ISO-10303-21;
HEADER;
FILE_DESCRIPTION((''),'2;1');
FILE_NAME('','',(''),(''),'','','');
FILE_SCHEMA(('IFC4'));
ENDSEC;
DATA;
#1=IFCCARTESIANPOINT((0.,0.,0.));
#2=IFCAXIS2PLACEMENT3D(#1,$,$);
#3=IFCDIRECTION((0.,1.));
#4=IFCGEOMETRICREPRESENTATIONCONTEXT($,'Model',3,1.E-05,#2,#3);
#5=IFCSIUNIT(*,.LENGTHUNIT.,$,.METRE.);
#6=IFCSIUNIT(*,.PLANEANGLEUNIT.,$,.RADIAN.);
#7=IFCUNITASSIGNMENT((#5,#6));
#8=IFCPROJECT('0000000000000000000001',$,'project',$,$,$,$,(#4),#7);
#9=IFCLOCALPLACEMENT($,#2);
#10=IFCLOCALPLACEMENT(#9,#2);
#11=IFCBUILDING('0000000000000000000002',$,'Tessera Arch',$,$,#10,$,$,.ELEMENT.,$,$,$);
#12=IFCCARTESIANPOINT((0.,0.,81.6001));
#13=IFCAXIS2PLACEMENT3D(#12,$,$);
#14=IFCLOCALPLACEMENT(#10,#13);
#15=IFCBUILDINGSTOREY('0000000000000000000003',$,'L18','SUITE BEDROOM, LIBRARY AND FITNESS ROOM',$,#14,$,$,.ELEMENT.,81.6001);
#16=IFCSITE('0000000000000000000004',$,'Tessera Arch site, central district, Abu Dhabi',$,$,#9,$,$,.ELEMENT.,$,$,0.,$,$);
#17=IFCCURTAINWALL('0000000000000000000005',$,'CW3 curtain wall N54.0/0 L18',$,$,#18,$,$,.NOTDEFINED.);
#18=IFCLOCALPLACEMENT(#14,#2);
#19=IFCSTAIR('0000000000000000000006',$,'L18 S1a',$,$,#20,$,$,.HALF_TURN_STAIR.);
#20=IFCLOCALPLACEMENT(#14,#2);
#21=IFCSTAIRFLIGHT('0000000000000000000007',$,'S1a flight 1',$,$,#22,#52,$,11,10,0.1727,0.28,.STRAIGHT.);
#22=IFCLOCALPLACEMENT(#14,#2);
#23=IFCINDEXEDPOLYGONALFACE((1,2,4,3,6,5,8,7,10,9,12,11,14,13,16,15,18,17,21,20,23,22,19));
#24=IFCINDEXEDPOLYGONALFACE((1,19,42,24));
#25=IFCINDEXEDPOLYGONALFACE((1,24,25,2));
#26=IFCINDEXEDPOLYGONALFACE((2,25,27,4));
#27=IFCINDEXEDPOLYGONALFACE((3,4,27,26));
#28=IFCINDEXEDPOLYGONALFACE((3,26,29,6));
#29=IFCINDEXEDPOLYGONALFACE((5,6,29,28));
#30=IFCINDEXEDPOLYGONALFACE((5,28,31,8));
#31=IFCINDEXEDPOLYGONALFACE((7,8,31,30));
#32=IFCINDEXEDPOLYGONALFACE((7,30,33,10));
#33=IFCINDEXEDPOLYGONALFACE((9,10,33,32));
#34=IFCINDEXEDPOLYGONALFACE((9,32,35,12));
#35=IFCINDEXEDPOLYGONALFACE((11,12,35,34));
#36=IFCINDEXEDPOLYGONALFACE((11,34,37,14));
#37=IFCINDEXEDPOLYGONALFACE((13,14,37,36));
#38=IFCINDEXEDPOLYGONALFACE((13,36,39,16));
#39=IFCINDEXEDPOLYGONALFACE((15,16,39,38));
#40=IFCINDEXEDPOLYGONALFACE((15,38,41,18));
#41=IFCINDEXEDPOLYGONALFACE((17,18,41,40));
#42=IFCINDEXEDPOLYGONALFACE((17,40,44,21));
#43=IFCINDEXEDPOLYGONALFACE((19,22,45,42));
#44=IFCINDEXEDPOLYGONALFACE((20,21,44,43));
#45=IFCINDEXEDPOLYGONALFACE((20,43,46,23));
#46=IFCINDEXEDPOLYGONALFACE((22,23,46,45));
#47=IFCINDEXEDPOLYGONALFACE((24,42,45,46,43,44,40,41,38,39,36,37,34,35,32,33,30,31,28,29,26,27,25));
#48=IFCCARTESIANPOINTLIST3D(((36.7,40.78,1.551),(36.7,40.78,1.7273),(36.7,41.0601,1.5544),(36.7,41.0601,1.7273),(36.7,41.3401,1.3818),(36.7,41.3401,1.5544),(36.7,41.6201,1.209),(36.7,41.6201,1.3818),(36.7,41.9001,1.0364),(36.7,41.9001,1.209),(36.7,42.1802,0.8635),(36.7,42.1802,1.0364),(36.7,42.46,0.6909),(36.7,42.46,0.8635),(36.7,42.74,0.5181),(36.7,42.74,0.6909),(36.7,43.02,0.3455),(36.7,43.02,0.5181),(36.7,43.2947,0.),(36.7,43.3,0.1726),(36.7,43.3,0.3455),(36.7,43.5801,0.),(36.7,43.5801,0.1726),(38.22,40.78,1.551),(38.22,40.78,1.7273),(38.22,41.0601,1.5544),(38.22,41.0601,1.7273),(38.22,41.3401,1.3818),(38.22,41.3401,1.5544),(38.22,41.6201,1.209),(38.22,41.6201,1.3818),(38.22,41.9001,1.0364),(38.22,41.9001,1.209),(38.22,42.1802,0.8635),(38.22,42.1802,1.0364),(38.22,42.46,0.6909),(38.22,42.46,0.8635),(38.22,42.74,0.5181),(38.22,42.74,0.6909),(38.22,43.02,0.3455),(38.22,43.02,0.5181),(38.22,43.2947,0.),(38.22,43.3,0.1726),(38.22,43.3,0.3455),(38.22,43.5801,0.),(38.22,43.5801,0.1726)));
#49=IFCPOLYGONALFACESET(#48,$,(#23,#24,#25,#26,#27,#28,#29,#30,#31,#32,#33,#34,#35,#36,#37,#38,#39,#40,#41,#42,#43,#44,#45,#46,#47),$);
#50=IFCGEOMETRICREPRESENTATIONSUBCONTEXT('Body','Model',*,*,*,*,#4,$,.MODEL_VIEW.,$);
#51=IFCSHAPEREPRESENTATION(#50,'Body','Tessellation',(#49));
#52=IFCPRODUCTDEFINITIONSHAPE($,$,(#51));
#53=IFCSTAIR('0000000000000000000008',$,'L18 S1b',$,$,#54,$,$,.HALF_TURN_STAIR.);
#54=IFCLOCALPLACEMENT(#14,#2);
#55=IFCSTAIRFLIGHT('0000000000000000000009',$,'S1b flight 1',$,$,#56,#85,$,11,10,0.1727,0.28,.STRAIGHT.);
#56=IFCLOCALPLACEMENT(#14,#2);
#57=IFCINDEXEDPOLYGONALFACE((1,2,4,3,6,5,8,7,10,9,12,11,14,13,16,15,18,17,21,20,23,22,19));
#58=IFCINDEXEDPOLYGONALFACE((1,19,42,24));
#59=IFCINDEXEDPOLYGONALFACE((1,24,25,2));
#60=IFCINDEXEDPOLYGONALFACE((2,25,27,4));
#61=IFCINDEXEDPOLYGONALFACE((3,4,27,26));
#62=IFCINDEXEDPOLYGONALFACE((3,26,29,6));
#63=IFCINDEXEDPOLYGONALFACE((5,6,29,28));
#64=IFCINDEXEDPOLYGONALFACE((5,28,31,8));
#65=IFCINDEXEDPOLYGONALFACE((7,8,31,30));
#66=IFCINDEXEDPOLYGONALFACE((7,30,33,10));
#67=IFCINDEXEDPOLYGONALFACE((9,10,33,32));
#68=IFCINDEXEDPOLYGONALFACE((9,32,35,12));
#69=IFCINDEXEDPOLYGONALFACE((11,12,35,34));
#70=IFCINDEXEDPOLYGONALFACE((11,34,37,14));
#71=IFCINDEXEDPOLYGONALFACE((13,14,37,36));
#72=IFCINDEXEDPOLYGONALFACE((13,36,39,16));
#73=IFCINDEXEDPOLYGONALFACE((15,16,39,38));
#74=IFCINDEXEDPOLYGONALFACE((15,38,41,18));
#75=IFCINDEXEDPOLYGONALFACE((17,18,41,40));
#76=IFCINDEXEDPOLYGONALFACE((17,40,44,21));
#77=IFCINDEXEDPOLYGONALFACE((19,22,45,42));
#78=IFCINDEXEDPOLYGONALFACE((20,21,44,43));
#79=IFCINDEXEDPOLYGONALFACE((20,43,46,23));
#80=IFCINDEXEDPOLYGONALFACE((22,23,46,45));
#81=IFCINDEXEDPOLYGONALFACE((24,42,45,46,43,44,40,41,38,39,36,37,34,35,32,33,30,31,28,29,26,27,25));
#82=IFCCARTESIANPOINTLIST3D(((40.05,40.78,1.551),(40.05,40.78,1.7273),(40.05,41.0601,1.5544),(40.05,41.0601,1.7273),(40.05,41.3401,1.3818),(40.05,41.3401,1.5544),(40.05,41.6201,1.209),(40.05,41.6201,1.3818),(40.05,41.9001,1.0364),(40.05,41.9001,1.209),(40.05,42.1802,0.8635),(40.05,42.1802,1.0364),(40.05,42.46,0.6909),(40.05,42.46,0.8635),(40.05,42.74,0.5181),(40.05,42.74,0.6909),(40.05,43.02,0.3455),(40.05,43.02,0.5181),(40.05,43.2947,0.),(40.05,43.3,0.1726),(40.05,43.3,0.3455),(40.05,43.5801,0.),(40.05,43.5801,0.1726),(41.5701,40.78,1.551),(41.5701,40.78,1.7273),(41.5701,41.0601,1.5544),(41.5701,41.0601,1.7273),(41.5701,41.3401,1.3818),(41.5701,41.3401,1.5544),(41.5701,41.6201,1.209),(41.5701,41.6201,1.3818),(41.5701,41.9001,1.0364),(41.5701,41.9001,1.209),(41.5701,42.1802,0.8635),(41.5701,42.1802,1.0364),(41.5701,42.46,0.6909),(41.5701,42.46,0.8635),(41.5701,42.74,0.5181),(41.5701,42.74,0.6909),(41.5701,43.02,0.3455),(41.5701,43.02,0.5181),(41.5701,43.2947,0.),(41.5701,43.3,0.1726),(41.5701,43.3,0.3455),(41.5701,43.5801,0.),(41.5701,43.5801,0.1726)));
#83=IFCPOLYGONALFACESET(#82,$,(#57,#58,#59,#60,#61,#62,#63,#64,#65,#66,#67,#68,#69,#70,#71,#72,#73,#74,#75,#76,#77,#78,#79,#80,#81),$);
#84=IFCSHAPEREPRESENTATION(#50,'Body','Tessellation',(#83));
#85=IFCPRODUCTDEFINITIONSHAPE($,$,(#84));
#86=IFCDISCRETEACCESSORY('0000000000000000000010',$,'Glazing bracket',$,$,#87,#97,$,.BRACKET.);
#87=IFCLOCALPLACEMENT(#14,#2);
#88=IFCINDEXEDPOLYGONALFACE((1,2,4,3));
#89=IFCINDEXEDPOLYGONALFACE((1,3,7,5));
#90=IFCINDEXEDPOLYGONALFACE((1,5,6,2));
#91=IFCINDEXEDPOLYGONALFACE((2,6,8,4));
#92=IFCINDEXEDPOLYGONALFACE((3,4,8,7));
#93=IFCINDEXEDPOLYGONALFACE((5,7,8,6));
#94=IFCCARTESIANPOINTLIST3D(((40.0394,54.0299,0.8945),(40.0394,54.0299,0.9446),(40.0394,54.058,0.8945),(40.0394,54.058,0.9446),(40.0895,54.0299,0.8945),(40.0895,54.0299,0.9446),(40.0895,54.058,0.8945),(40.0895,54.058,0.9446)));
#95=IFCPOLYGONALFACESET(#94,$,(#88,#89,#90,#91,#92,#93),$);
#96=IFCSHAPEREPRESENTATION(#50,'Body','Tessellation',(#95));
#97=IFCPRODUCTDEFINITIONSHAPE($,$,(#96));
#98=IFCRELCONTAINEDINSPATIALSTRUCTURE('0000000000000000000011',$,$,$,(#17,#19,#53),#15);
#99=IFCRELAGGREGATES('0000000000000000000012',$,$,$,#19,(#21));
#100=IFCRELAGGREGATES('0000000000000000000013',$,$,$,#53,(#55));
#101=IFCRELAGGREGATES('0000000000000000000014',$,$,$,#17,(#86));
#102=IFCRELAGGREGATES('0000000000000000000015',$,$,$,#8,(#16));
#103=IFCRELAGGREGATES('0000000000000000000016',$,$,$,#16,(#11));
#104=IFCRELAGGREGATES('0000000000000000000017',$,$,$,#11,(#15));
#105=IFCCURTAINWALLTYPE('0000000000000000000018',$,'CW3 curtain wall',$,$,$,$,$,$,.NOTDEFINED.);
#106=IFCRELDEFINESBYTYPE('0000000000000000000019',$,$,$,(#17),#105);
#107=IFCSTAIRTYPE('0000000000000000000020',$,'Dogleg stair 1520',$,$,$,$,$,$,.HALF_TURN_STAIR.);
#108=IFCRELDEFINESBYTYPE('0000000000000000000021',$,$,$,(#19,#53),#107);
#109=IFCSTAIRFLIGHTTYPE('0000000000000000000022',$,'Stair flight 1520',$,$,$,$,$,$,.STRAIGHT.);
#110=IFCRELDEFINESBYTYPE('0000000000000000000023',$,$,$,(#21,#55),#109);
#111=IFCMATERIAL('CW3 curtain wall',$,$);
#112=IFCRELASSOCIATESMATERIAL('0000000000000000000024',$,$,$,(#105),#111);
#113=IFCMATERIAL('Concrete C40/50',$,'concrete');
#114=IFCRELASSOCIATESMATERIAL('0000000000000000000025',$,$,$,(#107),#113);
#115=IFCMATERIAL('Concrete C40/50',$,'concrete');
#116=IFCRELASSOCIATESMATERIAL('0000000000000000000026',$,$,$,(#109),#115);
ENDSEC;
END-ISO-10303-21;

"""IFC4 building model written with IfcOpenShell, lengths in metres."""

from ifc_helpers import new_model, si_unit, direction, frame, origin, origin_2d, place, context, subcontext, project, spatial, polyline, rectangle, outline, extrude, material, type_object, element, aggregate, save


model = new_model("IFC4")

# Units and contexts
model_context = context("Model", 3, precision=1e-05, world=origin(), true_north=direction((0.0, 1.0)))
body_context = subcontext(model_context, "Body", "Model", "MODEL_VIEW")
ifc_project = project(units=[si_unit("LENGTHUNIT", "METRE"), si_unit("PLANEANGLEUNIT", "RADIAN")], contexts=[model_context])

# Site, building, storey
site_placement = place(None, origin())
site = spatial("IfcSite", under=ifc_project, at=site_placement, Name="Tessera Arch site, central district, Abu Dhabi", CompositionType="ELEMENT", RefElevation=0.0)
building_placement = place(site_placement, origin())
building = spatial("IfcBuilding", under=site, at=building_placement, Name="Tessera Arch", CompositionType="ELEMENT")
storey_placement = place(building_placement, frame((0.0, 0.0, 81.6001)))
storey = spatial("IfcBuildingStorey", under=building, at=storey_placement, Name="L18", Description="SUITE BEDROOM, LIBRARY AND FITNESS ROOM", CompositionType="ELEMENT", Elevation=81.6001)

# Curtain wall
ifc_material_1 = material(Name="CW3 curtain wall")
curtain_wall_type = type_object("IfcCurtainWallType", Name="CW3 curtain wall", PredefinedType="NOTDEFINED", material=ifc_material_1)
curtain_wall_placement = place(storey_placement, origin())
curtain_wall = element("IfcCurtainWall", 1, at=curtain_wall_placement, inside=storey, type_object=curtain_wall_type, Name="CW3 curtain wall N54.0/0 L18", PredefinedType="NOTDEFINED")

# Stairs, stair flights
ifc_material_2 = material(Name="Concrete C40/50", Category="concrete")
stair_type = type_object("IfcStairType", Name="Dogleg stair 1520", PredefinedType="HALF_TURN_STAIR", material=ifc_material_2)
stair_1_placement = place(storey_placement, origin())
stair_1 = element("IfcStair", 2, at=stair_1_placement, inside=storey, type_object=stair_type, Name="L18 S1a", PredefinedType="HALF_TURN_STAIR")
ifc_material_3 = material(Name="Concrete C40/50", Category="concrete")
stair_flight_type = type_object("IfcStairFlightType", Name="Stair flight 1520", PredefinedType="STRAIGHT", material=ifc_material_3)
stair_flight_1_placement = place(storey_placement, frame((37.46, 43.5801, 0.0), z_axis=(0.0, 0.0, 1.0), x_axis=(0.0, -1.0, 0.0)))
stair_flight_1 = element("IfcStairFlight", 3, at=stair_flight_1_placement, type_object=stair_flight_type, Name="S1a flight 1", NumberOfRisers=11, NumberOfTreads=10, PredefinedType="STRAIGHT", RiserHeight=0.1727, TreadLength=0.28, context=body_context, shape_type="SweptSolid", body=[
    extrude(outline(polyline([(0.0, 0.0), (0.0, 0.1726), (0.28, 0.1726), (0.28, 0.3455), (0.5601, 0.3455), (0.5601, 0.5181), (0.8401, 0.5181), (0.8401, 0.6909), (1.1201, 0.6909), (1.1201, 0.8635), (1.3999, 0.8635), (1.3999, 1.0364), (1.6799, 1.0364), (1.6799, 1.209), (1.96, 1.209), (1.96, 1.3818), (2.24, 1.3818), (2.24, 1.5544), (2.52, 1.5544), (2.52, 1.7273), (2.8, 1.7273), (2.8, 1.8999), (2.8, 1.551), (0.2854, 0.0), (0.0, 0.0)])), frame((0.0, 0.76, 0.0), z_axis=(0.0, -1.0, 0.0), x_axis=(1.0, 0.0, 0.0)), (0.0, 0.0, 1.0), 1.52),
])
aggregate(stair_1, [stair_flight_1])
stair_2_placement = place(storey_placement, origin())
stair_2 = element("IfcStair", 4, at=stair_2_placement, inside=storey, type_object=stair_type, Name="L18 S1b", PredefinedType="HALF_TURN_STAIR")
stair_flight_2_placement = place(storey_placement, frame((40.8101, 43.5801, 0.0), z_axis=(0.0, 0.0, 1.0), x_axis=(0.0, -1.0, 0.0)))
stair_flight_2 = element("IfcStairFlight", 5, at=stair_flight_2_placement, type_object=stair_flight_type, Name="S1b flight 1", NumberOfRisers=11, NumberOfTreads=10, PredefinedType="STRAIGHT", RiserHeight=0.1727, TreadLength=0.28, context=body_context, shape_type="SweptSolid", body=[
    extrude(outline(polyline([(0.0, 0.0), (0.0, 0.1726), (0.28, 0.1726), (0.28, 0.3455), (0.5601, 0.3455), (0.5601, 0.5181), (0.8401, 0.5181), (0.8401, 0.6909), (1.1201, 0.6909), (1.1201, 0.8635), (1.3999, 0.8635), (1.3999, 1.0364), (1.6799, 1.0364), (1.6799, 1.209), (1.96, 1.209), (1.96, 1.3818), (2.24, 1.3818), (2.24, 1.5544), (2.52, 1.5544), (2.52, 1.7273), (2.8, 1.7273), (2.8, 1.8999), (2.8, 1.551), (0.2854, 0.0), (0.0, 0.0)])), frame((0.0, 0.76, 0.0), z_axis=(0.0, -1.0, 0.0), x_axis=(1.0, 0.0, 0.0)), (0.0, 0.0, 1.0), 1.52),
])
aggregate(stair_2, [stair_flight_2])

# Discrete accessory
discrete_accessory_placement = place(storey_placement, frame((40.0645, 54.0439, 0.8945), z_axis=(0.0, 0.0, 1.0), x_axis=(-1.0, 0.0, 0.0)))
discrete_accessory = element("IfcDiscreteAccessory", 6, at=discrete_accessory_placement, Name="Glazing bracket", PredefinedType="BRACKET", context=body_context, shape_type="SweptSolid", body=[
    extrude(rectangle(XDim=0.05, YDim=0.0281, at=origin_2d()), origin(), (0.0, 0.0, 1.0), 0.05),
])
aggregate(curtain_wall, [discrete_accessory])

save(model, "model.ifc")
